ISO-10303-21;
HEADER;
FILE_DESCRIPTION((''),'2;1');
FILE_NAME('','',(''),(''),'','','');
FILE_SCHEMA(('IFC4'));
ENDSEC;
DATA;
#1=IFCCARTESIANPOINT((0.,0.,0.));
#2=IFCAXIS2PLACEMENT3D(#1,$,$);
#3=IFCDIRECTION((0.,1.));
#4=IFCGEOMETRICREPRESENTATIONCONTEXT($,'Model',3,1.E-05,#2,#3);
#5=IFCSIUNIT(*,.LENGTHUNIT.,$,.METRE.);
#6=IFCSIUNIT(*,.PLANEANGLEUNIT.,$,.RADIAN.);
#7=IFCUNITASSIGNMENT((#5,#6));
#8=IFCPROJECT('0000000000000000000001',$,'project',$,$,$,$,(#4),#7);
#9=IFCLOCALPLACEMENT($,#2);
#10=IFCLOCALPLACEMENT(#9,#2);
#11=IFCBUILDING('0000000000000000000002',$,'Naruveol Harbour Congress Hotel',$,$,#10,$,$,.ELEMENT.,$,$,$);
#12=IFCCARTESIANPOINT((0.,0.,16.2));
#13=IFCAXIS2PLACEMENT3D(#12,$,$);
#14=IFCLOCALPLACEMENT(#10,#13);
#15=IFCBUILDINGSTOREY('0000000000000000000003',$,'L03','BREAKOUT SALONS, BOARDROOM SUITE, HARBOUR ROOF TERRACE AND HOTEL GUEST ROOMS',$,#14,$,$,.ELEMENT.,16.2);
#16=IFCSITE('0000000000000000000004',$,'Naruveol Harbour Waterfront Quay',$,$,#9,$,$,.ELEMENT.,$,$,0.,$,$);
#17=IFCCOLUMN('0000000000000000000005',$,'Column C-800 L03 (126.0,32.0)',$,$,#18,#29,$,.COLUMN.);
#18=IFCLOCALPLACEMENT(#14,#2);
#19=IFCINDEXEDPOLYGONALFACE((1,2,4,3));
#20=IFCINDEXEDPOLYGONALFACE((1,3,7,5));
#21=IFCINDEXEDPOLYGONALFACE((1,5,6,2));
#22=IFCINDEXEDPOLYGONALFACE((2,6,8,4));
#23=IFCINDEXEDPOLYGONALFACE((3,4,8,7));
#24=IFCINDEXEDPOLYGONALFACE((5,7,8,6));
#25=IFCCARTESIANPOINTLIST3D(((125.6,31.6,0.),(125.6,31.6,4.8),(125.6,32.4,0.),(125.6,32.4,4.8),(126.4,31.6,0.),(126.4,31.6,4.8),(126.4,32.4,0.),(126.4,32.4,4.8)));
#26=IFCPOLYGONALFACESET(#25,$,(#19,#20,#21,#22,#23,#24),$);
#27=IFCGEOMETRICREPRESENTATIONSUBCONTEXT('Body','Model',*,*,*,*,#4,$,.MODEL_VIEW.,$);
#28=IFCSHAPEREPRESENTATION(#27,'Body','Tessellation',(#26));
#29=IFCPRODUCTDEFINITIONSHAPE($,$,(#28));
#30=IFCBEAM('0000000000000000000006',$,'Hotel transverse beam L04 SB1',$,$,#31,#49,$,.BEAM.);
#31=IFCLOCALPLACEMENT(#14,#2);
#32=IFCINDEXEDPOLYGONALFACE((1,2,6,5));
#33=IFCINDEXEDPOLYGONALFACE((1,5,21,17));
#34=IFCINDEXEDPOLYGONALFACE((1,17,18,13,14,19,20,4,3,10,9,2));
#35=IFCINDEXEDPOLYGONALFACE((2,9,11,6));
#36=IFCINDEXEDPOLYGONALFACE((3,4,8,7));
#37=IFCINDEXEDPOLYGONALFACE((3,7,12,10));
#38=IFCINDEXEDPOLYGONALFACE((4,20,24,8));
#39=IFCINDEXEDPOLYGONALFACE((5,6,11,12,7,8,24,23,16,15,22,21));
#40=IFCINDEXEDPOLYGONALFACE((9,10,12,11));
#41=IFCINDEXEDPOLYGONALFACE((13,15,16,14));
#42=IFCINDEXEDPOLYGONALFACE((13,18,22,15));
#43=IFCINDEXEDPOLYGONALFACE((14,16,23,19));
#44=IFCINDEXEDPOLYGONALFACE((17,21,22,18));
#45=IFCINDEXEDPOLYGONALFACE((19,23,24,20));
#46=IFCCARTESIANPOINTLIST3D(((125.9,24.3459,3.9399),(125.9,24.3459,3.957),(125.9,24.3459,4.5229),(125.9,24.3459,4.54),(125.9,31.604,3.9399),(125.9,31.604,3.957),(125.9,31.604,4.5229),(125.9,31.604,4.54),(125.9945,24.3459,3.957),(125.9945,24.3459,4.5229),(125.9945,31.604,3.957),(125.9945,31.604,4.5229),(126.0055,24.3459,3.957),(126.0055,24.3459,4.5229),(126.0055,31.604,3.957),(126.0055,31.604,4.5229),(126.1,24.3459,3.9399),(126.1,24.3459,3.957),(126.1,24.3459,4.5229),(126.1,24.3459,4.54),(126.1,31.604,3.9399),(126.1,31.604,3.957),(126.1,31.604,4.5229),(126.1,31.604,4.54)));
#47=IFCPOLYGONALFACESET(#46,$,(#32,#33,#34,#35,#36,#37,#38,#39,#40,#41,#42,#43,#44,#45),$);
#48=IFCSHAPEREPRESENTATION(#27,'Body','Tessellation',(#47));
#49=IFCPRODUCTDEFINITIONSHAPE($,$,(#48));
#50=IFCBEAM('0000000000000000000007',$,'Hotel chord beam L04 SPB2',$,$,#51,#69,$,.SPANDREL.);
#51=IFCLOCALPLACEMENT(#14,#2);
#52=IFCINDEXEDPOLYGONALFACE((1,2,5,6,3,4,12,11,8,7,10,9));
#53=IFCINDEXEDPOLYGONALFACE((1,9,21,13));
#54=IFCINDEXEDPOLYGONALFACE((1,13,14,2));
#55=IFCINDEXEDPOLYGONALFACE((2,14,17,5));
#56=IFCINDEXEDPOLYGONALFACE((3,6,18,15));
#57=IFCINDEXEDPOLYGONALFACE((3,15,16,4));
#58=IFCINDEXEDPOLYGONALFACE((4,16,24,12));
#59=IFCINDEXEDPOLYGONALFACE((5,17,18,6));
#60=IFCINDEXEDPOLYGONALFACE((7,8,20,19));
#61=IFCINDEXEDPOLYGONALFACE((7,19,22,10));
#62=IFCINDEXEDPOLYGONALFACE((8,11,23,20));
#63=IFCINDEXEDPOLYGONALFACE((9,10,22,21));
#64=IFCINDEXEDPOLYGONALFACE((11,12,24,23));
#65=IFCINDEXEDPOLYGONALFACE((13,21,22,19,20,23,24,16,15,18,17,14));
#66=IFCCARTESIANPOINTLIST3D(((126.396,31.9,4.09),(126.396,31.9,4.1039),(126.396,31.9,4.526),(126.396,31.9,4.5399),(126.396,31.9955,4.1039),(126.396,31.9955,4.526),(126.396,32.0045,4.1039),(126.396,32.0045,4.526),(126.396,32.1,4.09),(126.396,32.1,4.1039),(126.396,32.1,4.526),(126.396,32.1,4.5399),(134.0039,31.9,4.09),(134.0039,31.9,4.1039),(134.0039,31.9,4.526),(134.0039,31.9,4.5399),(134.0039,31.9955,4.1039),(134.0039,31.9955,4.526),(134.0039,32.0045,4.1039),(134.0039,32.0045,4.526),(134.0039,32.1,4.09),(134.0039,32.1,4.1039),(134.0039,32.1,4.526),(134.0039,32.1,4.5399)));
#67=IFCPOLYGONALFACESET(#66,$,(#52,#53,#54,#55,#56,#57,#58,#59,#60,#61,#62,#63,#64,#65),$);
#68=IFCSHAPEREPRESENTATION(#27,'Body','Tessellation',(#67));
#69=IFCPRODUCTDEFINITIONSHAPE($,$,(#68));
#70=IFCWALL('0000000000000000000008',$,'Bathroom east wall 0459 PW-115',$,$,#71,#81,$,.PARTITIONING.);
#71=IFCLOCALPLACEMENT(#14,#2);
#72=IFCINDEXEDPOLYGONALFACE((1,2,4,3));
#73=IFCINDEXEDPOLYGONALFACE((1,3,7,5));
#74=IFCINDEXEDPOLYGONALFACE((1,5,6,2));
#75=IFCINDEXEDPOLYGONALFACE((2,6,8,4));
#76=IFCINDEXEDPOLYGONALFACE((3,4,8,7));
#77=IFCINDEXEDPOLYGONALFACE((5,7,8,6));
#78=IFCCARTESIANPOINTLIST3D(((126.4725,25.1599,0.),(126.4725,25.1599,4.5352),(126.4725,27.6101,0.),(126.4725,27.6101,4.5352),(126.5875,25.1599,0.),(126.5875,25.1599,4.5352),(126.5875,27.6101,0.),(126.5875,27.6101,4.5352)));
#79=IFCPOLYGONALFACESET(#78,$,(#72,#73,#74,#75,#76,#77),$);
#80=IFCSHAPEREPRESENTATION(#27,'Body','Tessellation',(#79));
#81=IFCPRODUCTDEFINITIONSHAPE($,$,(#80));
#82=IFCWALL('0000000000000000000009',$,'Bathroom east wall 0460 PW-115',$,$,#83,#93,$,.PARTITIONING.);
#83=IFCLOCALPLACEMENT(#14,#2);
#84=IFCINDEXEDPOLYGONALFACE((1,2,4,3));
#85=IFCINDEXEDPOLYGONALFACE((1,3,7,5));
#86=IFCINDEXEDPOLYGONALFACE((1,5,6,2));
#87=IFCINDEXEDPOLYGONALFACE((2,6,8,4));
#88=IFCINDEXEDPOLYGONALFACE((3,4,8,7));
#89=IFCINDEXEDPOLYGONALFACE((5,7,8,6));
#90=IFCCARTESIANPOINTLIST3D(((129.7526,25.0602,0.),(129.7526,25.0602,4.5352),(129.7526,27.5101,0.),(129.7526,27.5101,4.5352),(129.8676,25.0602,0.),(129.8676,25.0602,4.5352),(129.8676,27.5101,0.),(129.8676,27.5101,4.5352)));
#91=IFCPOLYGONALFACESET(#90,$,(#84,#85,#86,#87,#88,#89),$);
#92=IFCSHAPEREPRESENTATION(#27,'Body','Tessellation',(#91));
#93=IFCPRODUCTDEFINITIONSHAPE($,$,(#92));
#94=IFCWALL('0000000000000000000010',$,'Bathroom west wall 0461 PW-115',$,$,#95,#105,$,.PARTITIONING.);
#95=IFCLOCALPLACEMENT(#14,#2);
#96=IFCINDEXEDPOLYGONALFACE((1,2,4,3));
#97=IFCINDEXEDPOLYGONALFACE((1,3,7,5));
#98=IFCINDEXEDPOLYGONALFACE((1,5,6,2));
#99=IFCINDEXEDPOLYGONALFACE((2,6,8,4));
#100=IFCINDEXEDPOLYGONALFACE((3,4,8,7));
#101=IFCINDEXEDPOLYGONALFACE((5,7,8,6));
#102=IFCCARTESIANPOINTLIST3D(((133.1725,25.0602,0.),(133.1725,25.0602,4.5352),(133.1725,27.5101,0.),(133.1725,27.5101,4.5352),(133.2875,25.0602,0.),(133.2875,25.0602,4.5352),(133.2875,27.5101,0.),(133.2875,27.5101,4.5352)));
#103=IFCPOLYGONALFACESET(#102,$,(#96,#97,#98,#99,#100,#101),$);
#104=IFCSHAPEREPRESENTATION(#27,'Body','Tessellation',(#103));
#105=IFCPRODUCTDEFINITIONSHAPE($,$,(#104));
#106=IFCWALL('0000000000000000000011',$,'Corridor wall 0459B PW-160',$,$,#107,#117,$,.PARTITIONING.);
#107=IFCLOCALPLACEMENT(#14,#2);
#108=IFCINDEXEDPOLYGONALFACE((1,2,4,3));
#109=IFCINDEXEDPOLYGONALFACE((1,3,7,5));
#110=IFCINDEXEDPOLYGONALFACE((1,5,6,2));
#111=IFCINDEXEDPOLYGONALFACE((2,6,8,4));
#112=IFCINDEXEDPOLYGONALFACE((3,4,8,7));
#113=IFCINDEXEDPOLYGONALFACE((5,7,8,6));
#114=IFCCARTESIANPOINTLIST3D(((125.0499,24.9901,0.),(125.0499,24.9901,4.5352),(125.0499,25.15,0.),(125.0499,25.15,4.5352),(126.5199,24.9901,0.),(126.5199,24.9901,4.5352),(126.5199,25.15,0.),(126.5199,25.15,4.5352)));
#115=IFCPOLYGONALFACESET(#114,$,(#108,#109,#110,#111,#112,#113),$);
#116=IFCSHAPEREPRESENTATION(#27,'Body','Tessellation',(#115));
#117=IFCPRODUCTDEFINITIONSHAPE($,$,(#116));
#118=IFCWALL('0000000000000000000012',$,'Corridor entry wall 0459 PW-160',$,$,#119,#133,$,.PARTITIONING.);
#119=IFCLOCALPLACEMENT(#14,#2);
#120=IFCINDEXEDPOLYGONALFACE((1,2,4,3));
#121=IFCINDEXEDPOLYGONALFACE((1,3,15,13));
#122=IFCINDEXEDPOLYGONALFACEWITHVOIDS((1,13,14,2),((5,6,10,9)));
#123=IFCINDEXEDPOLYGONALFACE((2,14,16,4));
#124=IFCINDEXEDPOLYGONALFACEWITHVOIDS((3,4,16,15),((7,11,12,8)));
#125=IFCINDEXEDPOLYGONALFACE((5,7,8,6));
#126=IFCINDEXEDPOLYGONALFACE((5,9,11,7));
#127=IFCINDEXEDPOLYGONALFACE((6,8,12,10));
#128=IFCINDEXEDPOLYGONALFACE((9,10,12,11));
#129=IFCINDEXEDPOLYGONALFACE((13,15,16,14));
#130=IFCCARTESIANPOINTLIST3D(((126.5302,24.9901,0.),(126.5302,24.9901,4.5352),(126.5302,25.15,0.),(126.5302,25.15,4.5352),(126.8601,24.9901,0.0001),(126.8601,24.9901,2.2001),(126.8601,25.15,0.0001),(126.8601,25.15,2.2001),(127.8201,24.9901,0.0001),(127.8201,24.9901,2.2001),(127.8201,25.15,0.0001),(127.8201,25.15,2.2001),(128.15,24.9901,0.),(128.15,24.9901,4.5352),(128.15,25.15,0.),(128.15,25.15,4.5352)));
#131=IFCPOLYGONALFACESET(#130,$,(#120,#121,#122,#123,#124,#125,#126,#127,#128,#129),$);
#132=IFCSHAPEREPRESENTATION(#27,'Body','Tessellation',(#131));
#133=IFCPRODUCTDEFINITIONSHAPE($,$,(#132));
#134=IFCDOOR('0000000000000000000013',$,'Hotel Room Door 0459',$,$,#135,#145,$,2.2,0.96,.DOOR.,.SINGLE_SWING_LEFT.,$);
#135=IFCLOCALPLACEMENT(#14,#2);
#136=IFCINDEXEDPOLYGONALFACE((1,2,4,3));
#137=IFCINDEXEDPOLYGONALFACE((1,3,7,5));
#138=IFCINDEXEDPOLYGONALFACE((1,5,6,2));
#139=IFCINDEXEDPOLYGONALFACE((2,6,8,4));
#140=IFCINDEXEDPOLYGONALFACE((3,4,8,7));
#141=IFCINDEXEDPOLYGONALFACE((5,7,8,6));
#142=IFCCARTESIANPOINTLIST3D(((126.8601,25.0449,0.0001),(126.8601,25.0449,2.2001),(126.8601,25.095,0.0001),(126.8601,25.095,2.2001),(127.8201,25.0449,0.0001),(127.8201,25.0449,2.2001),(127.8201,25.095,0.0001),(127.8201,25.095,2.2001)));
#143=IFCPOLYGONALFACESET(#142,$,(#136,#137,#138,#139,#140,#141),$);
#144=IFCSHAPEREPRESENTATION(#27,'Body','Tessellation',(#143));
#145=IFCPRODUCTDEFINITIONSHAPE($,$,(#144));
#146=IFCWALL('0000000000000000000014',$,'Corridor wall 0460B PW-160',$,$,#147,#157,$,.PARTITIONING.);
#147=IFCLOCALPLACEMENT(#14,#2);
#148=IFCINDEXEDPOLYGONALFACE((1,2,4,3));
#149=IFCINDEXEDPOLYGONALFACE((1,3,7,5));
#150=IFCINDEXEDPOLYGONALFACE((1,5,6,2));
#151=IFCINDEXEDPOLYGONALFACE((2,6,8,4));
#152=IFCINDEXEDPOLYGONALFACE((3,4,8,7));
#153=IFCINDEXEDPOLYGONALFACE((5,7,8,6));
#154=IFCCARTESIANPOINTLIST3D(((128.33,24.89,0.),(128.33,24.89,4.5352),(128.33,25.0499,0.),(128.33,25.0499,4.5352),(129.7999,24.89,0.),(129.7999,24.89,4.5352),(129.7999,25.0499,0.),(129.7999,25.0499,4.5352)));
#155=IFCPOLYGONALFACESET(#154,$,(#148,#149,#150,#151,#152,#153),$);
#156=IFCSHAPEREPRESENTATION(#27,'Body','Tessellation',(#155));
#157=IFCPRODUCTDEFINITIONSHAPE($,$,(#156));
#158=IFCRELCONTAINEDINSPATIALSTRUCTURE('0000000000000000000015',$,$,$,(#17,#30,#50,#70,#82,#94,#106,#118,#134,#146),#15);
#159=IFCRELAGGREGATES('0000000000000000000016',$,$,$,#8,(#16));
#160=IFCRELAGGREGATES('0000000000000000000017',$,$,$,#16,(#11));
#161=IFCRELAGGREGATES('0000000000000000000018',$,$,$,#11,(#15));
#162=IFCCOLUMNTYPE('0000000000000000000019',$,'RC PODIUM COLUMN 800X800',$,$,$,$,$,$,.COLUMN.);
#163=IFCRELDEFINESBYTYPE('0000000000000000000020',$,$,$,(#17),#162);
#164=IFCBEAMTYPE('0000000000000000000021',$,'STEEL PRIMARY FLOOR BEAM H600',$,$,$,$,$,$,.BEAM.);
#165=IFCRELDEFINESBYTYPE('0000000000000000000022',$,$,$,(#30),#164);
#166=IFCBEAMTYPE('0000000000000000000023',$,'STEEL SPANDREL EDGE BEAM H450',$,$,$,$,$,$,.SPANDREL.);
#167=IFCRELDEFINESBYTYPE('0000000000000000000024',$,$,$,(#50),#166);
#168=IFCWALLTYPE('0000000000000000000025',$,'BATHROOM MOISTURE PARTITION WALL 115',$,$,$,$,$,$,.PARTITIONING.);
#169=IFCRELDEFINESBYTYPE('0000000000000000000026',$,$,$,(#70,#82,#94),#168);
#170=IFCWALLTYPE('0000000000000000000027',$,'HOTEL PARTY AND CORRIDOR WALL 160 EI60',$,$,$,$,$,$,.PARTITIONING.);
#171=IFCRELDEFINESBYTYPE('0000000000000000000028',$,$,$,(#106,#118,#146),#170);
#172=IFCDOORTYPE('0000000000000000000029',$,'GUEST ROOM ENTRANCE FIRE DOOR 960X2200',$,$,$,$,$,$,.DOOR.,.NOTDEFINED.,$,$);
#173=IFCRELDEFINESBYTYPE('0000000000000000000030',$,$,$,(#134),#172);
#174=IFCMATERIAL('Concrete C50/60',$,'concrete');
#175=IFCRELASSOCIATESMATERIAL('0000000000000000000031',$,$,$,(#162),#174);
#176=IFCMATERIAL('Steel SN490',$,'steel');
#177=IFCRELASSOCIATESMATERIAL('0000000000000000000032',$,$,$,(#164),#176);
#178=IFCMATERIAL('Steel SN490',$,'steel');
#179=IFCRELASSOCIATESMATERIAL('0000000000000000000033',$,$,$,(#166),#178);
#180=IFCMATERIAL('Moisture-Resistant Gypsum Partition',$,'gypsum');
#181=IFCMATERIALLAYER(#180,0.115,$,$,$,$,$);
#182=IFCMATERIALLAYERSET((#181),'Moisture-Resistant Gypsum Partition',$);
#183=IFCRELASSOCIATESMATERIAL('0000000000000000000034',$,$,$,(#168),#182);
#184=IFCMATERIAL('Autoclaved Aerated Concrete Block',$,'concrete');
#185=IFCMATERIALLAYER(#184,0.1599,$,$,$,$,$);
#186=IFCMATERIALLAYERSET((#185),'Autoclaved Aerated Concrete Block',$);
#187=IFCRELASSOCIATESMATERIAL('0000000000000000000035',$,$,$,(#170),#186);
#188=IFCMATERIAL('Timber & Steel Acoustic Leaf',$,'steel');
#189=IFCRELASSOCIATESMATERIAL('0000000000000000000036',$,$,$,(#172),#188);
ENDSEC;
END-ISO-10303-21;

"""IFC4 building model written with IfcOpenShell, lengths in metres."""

from ifc_helpers import new_model, si_unit, direction, frame, frame_2d, origin, origin_2d, place, context, subcontext, project, spatial, rectangle, i_section, extrude, material, layer, layer_set, material_profile, profile_set, type_object, element, fill, save


model = new_model("IFC4")

# Units and contexts
model_context = context("Model", 3, precision=1e-05, world=origin(), true_north=direction((0.0, 1.0)))
body_context = subcontext(model_context, "Body", "Model", "MODEL_VIEW")
ifc_project = project(units=[si_unit("LENGTHUNIT", "METRE"), si_unit("PLANEANGLEUNIT", "RADIAN")], contexts=[model_context])

# Site, building, storey
site_placement = place(None, origin())
site = spatial("IfcSite", under=ifc_project, at=site_placement, Name="Naruveol Harbour Waterfront Quay", CompositionType="ELEMENT", RefElevation=0.0)
building_placement = place(site_placement, origin())
building = spatial("IfcBuilding", under=site, at=building_placement, Name="Naruveol Harbour Congress Hotel", CompositionType="ELEMENT")
storey_placement = place(building_placement, frame((0.0, 0.0, 16.2)))
storey = spatial("IfcBuildingStorey", under=building, at=storey_placement, Name="L03", Description="BREAKOUT SALONS, BOARDROOM SUITE, HARBOUR ROOF TERRACE AND HOTEL GUEST ROOMS", CompositionType="ELEMENT", Elevation=16.2)

# Column
ifc_material_1 = material(Name="Concrete C50/60", Category="concrete")
ifc_material_profile_1 = material_profile(ifc_material_1, rectangle(XDim=0.8, YDim=0.8, at=origin_2d()), Name="RC-800x800")
ifc_profile_set_1 = profile_set([ifc_material_profile_1], Name="Concrete C50/60")
column_type = type_object("IfcColumnType", Name="RC PODIUM COLUMN 800X800", PredefinedType="COLUMN", material=ifc_profile_set_1)
column_placement = place(storey_placement, frame((126.0, 32.0, 0.0), z_axis=(0.0, 0.0, 1.0), x_axis=(1.0, 0.0, 0.0)))
element("IfcColumn", 1, at=column_placement, inside=storey, type_object=column_type, Name="Column C-800 L03 (126.0,32.0)", PredefinedType="COLUMN", context=body_context, shape_type="SweptSolid", body=[
    extrude(rectangle(XDim=0.8, YDim=0.8, at=origin_2d()), origin(), (0.0, 0.0, 1.0), 4.8),
])

# Beams
ifc_material_2 = material(Name="Steel SN490", Category="steel")
ifc_material_profile_2 = material_profile(ifc_material_2, i_section(OverallWidth=0.2, OverallDepth=0.6001, WebThickness=0.011, FlangeThickness=0.0171, at=origin_2d()), Name="H-600x200x11x17")
ifc_profile_set_2 = profile_set([ifc_material_profile_2], Name="Steel SN490")
beam_type_1 = type_object("IfcBeamType", Name="STEEL PRIMARY FLOOR BEAM H600", PredefinedType="BEAM", material=ifc_profile_set_2)
beam_1_placement = place(storey_placement, frame((126.0, 24.3459, 4.24), z_axis=(0.0, 1.0, 0.0), x_axis=(-1.0, 0.0, 0.0)))
element("IfcBeam", 2, at=beam_1_placement, inside=storey, type_object=beam_type_1, Name="Hotel transverse beam L04 SB1", PredefinedType="BEAM", context=body_context, shape_type="SweptSolid", body=[
    extrude(i_section(OverallWidth=0.2, OverallDepth=0.6001, WebThickness=0.011, FlangeThickness=0.0171, at=origin_2d()), origin(), (0.0, 0.0, 1.0), 7.2581),
])
ifc_material_3 = material(Name="Steel SN490", Category="steel")
ifc_material_profile_3 = material_profile(ifc_material_3, i_section(OverallWidth=0.2, OverallDepth=0.45, WebThickness=0.009, FlangeThickness=0.0139, at=origin_2d()), Name="H-450x200x9x14")
ifc_profile_set_3 = profile_set([ifc_material_profile_3], Name="Steel SN490")
beam_type_2 = type_object("IfcBeamType", Name="STEEL SPANDREL EDGE BEAM H450", PredefinedType="SPANDREL", material=ifc_profile_set_3)
beam_2_placement = place(storey_placement, frame((126.396, 32.0, 4.3149), z_axis=(1.0, 0.0, 0.0), x_axis=(0.0, 1.0, 0.0)))
element("IfcBeam", 3, at=beam_2_placement, inside=storey, type_object=beam_type_2, Name="Hotel chord beam L04 SPB2", PredefinedType="SPANDREL", context=body_context, shape_type="SweptSolid", body=[
    extrude(i_section(OverallWidth=0.2, OverallDepth=0.45, WebThickness=0.009, FlangeThickness=0.0139, at=origin_2d()), origin(), (0.0, 0.0, 1.0), 7.6079),
])

# Wall
ifc_material_4 = material(Name="Moisture-Resistant Gypsum Partition", Category="gypsum")
ifc_layer_1 = layer(ifc_material_4, 0.115)
ifc_layer_set_1 = layer_set([ifc_layer_1], Name="Moisture-Resistant Gypsum Partition")
wall_type_1 = type_object("IfcWallType", Name="BATHROOM MOISTURE PARTITION WALL 115", PredefinedType="PARTITIONING", material=ifc_layer_set_1)
wall_1_placement = place(storey_placement, frame((126.53, 25.1599, 0.0), z_axis=(0.0, 0.0, 1.0), x_axis=(0.0, 1.0, 0.0)))
element("IfcWall", 4, at=wall_1_placement, inside=storey, type_object=wall_type_1, Name="Bathroom east wall 0459 PW-115", PredefinedType="PARTITIONING", context=body_context, shape_type="SweptSolid", body=[
    extrude(rectangle(XDim=2.4502, YDim=0.115, at=frame_2d((1.2251, 0.0))), origin(), (0.0, 0.0, 1.0), 4.5352),
])

# Wall
wall_2_placement = place(storey_placement, frame((129.8101, 25.0601, 0.0), z_axis=(0.0, 0.0, 1.0), x_axis=(0.0, 1.0, 0.0)))
element("IfcWall", 5, at=wall_2_placement, inside=storey, type_object=wall_type_1, Name="Bathroom east wall 0460 PW-115", PredefinedType="PARTITIONING", context=body_context, shape_type="SweptSolid", body=[
    extrude(rectangle(XDim=2.45, YDim=0.115, at=frame_2d((1.2251, 0.0))), origin(), (0.0, 0.0, 1.0), 4.5352),
])

# Wall
wall_3_placement = place(storey_placement, frame((133.23, 25.0601, 0.0), z_axis=(0.0, 0.0, 1.0), x_axis=(0.0, 1.0, 0.0)))
element("IfcWall", 6, at=wall_3_placement, inside=storey, type_object=wall_type_1, Name="Bathroom west wall 0461 PW-115", PredefinedType="PARTITIONING", context=body_context, shape_type="SweptSolid", body=[
    extrude(rectangle(XDim=2.45, YDim=0.115, at=frame_2d((1.2251, 0.0))), origin(), (0.0, 0.0, 1.0), 4.5352),
])

# Wall
ifc_material_5 = material(Name="Autoclaved Aerated Concrete Block", Category="concrete")
ifc_layer_2 = layer(ifc_material_5, 0.1599)
ifc_layer_set_2 = layer_set([ifc_layer_2], Name="Autoclaved Aerated Concrete Block")
wall_type_2 = type_object("IfcWallType", Name="HOTEL PARTY AND CORRIDOR WALL 160 EI60", PredefinedType="PARTITIONING", material=ifc_layer_set_2)
wall_4_placement = place(storey_placement, frame((125.05, 25.0701, 0.0), z_axis=(0.0, 0.0, 1.0), x_axis=(1.0, 0.0, 0.0)))
element("IfcWall", 7, at=wall_4_placement, inside=storey, type_object=wall_type_2, Name="Corridor wall 0459B PW-160", PredefinedType="PARTITIONING", context=body_context, shape_type="SweptSolid", body=[
    extrude(rectangle(XDim=1.47, YDim=0.1599, at=frame_2d((0.7349, 0.0))), origin(), (0.0, 0.0, 1.0), 4.5352),
])

# Wall, opening, door
wall_5_placement = place(storey_placement, frame((126.53, 25.0701, 0.0), z_axis=(0.0, 0.0, 1.0), x_axis=(1.0, 0.0, 0.0)))
wall_5 = element("IfcWall", 8, at=wall_5_placement, inside=storey, type_object=wall_type_2, Name="Corridor entry wall 0459 PW-160", PredefinedType="PARTITIONING", context=body_context, shape_type="SweptSolid", body=[
    extrude(rectangle(XDim=1.6199, YDim=0.1599, at=frame_2d((0.8101, 0.0))), origin(), (0.0, 0.0, 1.0), 4.5352),
])
opening_1_placement = place(wall_5_placement, frame((0.3301, 0.0, 0.0)))
opening_1 = element("IfcOpeningElement", 9, at=opening_1_placement, cuts=wall_5, PredefinedType="OPENING", context=body_context, shape_type="SweptSolid", body=[
    extrude(rectangle(XDim=0.96, YDim=2.2, at=frame_2d((0.48, 1.1001))), frame((0.0, 0.0898, 0.0), z_axis=(0.0, -1.0, 0.0), x_axis=(1.0, 0.0, 0.0)), (0.0, 0.0, 1.0), 0.1799),
])
ifc_material_6 = material(Name="Timber & Steel Acoustic Leaf", Category="steel")
door_type_1 = type_object("IfcDoorType", Name="GUEST ROOM ENTRANCE FIRE DOOR 960X2200", OperationType="NOTDEFINED", PredefinedType="DOOR", material=ifc_material_6)
door_1_placement = place(opening_1_placement, origin())
door_1 = element("IfcDoor", 10, at=door_1_placement, inside=storey, type_object=door_type_1, Name="Hotel Room Door 0459", OperationType="SINGLE_SWING_LEFT", OverallHeight=2.2, OverallWidth=0.96, PredefinedType="DOOR", context=body_context, shape_type="SweptSolid", body=[
    extrude(rectangle(XDim=0.96, YDim=2.2, at=frame_2d((0.48, 1.1001))), frame((0.0, 0.0249, 0.0), z_axis=(0.0, -1.0, 0.0), x_axis=(1.0, 0.0, 0.0)), (0.0, 0.0, 1.0), 0.05),
])
fill(opening_1, door_1)

# Wall
wall_6_placement = place(storey_placement, frame((128.3301, 24.97, 0.0), z_axis=(0.0, 0.0, 1.0), x_axis=(1.0, 0.0, 0.0)))
element("IfcWall", 11, at=wall_6_placement, inside=storey, type_object=wall_type_2, Name="Corridor wall 0460B PW-160", PredefinedType="PARTITIONING", context=body_context, shape_type="SweptSolid", body=[
    extrude(rectangle(XDim=1.47, YDim=0.1599, at=frame_2d((0.7349, 0.0))), origin(), (0.0, 0.0, 1.0), 4.5352),
])

save(model, "model.ifc")
